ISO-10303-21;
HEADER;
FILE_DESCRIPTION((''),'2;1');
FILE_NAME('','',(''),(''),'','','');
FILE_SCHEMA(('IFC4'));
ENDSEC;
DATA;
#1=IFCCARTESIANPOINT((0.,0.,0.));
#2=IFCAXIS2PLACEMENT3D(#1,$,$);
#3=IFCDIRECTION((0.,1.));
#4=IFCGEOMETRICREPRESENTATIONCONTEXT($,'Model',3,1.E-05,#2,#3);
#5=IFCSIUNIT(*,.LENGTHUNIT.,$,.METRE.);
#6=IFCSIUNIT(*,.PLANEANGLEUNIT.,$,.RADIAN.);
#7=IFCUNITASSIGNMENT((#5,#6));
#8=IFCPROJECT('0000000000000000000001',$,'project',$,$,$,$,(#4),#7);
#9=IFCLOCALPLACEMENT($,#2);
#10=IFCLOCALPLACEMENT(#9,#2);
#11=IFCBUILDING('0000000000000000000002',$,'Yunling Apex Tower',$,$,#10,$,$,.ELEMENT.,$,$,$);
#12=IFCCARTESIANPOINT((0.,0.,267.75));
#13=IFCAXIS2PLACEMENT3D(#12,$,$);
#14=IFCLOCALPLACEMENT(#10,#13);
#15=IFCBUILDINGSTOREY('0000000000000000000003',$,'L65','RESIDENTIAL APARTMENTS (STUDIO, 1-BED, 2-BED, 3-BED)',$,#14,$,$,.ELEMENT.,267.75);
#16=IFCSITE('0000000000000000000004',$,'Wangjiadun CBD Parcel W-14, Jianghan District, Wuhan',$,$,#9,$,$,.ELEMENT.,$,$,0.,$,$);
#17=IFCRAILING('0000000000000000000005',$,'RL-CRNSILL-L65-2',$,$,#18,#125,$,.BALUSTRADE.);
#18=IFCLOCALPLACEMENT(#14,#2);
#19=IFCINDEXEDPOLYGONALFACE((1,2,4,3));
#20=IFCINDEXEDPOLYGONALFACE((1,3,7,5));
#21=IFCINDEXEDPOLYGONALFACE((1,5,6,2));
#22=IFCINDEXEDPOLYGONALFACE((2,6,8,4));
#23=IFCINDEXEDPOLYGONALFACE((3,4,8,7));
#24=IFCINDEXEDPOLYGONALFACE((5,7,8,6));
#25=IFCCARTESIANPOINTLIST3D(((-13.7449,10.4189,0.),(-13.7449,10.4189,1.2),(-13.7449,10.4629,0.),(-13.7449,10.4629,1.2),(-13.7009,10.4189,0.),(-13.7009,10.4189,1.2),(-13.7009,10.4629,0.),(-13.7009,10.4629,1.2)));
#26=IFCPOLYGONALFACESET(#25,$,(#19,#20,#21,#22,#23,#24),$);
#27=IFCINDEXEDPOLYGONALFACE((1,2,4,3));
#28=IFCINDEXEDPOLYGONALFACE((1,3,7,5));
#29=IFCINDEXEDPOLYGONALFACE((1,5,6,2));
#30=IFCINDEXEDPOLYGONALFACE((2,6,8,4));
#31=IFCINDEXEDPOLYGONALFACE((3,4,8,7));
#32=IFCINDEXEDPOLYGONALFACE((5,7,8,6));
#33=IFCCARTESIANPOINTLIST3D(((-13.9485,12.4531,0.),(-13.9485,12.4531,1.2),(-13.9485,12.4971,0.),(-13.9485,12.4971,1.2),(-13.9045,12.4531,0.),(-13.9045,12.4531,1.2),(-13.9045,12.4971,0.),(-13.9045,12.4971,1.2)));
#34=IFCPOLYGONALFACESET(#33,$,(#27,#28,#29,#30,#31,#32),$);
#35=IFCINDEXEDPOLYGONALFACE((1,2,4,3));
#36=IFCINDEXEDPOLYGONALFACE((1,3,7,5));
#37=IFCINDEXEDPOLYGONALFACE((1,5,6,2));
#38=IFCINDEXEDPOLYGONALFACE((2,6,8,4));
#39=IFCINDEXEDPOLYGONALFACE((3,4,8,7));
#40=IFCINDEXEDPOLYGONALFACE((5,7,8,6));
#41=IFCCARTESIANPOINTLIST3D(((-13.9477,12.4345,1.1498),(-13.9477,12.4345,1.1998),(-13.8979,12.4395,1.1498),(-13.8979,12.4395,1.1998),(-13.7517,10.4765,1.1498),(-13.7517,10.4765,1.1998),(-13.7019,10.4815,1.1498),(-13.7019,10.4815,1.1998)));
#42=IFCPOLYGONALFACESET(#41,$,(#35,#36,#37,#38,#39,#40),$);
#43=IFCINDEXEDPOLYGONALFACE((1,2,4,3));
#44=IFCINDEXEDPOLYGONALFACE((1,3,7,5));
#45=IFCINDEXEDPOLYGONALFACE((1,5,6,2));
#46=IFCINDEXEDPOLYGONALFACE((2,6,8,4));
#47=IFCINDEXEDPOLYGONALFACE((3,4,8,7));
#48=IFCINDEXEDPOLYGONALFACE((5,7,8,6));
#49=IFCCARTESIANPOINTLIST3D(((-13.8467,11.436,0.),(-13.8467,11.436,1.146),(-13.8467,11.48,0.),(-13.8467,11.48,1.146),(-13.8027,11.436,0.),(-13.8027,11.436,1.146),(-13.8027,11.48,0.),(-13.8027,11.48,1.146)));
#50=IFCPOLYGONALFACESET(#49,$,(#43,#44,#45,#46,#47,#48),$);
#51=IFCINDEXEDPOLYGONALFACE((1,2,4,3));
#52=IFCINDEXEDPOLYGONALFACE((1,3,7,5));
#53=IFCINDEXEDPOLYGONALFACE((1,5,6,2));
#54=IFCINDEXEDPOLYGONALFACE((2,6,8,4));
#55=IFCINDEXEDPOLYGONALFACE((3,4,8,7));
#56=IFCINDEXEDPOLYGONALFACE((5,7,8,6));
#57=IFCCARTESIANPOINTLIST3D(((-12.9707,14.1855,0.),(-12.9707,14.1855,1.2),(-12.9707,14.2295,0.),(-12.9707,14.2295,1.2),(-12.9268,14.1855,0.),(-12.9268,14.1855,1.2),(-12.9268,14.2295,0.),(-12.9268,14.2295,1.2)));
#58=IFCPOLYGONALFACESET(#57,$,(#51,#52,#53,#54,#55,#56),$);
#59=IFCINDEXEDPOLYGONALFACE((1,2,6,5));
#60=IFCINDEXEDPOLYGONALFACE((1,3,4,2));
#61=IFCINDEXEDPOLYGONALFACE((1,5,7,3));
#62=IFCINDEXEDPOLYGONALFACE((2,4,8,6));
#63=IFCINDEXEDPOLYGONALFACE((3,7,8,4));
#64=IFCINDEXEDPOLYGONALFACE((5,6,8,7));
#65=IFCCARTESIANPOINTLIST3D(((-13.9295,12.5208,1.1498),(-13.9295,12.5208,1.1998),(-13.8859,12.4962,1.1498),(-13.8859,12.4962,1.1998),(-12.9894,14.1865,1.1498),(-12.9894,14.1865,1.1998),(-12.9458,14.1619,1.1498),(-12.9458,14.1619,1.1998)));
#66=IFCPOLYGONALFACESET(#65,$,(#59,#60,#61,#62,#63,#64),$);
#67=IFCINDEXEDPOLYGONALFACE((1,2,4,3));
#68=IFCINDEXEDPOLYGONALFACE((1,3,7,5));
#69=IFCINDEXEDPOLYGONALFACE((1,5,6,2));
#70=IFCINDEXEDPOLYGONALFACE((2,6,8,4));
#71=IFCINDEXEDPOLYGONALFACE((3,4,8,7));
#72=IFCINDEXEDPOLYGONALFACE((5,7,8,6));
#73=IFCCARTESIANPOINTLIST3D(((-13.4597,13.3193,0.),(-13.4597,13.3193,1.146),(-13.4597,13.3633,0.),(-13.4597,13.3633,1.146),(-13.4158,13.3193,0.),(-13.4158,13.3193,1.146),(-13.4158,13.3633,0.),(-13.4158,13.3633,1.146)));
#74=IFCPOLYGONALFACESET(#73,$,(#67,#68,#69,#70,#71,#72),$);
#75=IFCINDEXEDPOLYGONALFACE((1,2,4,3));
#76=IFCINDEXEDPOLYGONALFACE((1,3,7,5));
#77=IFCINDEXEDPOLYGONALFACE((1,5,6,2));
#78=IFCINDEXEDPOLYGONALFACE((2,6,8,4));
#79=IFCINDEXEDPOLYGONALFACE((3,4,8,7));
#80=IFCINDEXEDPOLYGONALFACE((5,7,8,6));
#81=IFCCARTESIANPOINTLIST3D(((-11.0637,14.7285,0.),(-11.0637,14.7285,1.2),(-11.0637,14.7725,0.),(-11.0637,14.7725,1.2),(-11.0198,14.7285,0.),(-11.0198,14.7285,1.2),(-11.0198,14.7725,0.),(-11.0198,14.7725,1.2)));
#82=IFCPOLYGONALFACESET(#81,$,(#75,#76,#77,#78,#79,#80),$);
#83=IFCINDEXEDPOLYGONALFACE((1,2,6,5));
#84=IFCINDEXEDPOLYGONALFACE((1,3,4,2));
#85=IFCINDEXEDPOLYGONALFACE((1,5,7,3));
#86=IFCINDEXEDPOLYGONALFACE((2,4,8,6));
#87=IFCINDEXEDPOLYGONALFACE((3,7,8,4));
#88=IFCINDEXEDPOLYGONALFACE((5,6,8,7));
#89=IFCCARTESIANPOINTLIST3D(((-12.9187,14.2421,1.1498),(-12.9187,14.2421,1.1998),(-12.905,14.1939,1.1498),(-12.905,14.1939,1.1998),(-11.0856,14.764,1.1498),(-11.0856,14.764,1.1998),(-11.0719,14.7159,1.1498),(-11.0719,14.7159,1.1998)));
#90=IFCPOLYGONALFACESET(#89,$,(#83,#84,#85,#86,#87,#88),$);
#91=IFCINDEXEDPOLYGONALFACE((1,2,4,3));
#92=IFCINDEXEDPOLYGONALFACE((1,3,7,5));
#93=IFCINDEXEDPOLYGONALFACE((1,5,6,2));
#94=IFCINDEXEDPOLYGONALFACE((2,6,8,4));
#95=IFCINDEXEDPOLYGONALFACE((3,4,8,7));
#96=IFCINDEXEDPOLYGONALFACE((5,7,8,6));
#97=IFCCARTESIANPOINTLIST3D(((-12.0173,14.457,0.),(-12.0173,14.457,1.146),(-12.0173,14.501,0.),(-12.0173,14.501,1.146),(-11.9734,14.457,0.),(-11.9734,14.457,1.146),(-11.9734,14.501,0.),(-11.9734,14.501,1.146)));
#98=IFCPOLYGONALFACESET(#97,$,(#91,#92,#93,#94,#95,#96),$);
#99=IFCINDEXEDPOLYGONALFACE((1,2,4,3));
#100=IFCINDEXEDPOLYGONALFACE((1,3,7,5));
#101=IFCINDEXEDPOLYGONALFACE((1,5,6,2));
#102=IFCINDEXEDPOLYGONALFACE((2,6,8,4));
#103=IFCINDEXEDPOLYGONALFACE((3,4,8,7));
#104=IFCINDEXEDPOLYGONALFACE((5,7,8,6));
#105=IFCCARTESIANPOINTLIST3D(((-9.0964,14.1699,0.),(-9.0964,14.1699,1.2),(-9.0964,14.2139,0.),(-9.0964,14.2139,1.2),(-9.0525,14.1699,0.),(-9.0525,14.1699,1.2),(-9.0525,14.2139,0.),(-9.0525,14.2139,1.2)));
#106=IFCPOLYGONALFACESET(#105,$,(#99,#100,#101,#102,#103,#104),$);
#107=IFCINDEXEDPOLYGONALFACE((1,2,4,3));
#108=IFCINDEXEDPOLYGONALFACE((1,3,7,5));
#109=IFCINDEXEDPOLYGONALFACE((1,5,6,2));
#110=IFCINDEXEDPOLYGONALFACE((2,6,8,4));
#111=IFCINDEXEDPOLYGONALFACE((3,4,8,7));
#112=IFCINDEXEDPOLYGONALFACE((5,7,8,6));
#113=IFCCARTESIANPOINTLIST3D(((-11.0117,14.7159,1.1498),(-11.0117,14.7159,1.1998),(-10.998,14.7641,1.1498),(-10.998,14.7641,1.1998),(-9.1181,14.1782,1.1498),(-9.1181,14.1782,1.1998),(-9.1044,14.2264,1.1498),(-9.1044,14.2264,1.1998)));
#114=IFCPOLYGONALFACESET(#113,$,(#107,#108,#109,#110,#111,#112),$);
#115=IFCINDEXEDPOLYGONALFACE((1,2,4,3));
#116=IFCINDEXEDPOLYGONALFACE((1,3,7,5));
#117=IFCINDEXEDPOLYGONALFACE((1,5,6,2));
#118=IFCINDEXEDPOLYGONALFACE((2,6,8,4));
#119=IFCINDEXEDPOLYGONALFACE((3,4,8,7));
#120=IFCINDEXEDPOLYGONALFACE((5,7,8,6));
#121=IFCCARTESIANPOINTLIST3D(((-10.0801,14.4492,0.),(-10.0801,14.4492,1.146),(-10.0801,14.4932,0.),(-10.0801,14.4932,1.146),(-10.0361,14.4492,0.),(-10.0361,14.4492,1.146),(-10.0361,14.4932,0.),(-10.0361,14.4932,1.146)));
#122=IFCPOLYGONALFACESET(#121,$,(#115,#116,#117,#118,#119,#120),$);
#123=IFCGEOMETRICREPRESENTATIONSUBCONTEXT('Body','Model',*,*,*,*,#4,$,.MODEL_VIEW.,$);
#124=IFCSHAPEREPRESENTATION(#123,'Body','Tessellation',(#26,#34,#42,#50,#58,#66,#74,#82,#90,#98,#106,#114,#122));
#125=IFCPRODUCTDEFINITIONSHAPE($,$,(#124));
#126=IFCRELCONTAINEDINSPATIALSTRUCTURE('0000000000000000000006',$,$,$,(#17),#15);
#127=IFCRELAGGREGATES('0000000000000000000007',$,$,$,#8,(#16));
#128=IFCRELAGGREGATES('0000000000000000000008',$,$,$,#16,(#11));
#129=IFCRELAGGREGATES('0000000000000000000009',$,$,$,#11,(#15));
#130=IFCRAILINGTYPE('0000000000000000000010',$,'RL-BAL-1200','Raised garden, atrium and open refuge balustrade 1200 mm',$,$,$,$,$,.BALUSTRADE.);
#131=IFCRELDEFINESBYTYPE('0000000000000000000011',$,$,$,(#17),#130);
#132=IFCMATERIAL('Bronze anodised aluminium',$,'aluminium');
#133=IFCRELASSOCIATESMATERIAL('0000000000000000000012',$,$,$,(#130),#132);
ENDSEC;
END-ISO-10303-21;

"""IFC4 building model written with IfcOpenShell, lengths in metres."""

from ifc_helpers import new_model, si_unit, direction, frame, origin, origin_2d, place, context, subcontext, project, spatial, rectangle, extrude, material, type_object, element, save


model = new_model("IFC4")

# Units and contexts
model_context = context("Model", 3, precision=1e-05, world=origin(), true_north=direction((0.0, 1.0)))
body_context = subcontext(model_context, "Body", "Model", "MODEL_VIEW")
ifc_project = project(units=[si_unit("LENGTHUNIT", "METRE"), si_unit("PLANEANGLEUNIT", "RADIAN")], contexts=[model_context])

# Site, building, storey
site_placement = place(None, origin())
site = spatial("IfcSite", under=ifc_project, at=site_placement, Name="Wangjiadun CBD Parcel W-14, Jianghan District, Wuhan", CompositionType="ELEMENT", RefElevation=0.0)
building_placement = place(site_placement, origin())
building = spatial("IfcBuilding", under=site, at=building_placement, Name="Yunling Apex Tower", CompositionType="ELEMENT")
storey_placement = place(building_placement, frame((0.0, 0.0, 267.75)))
storey = spatial("IfcBuildingStorey", under=building, at=storey_placement, Name="L65", Description="RESIDENTIAL APARTMENTS (STUDIO, 1-BED, 2-BED, 3-BED)", CompositionType="ELEMENT", Elevation=267.75)

# Shared definitions
ifc_material_1 = material(Name="Bronze anodised aluminium", Category="aluminium")

# Railing
railing_type = type_object("IfcRailingType", Name="RL-BAL-1200", Description="Raised garden, atrium and open refuge balustrade 1200 mm", PredefinedType="BALUSTRADE", material=ifc_material_1)
railing_placement = place(storey_placement, frame((-13.7229, 10.4409, 0.0)))
element("IfcRailing", 1, at=railing_placement, inside=storey, type_object=railing_type, Name="RL-CRNSILL-L65-2", PredefinedType="BALUSTRADE", context=body_context, shape_type="SweptSolid", body=[
    extrude(rectangle(XDim=0.0439, YDim=0.0439, at=origin_2d()), origin(), (0.0, 0.0, 1.0), 1.2),
    extrude(rectangle(XDim=0.0439, YDim=0.0439, at=origin_2d()), frame((-0.2036, 2.0342, 0.0)), (0.0, 0.0, 1.0), 1.2),
    extrude(rectangle(XDim=0.05, YDim=0.05, at=origin_2d()), frame((-0.0039, 0.0381, 1.1748), z_axis=(-0.099598, 0.995028, 0.0), x_axis=(-0.995028, -0.099598, 0.0)), (0.0, 0.0, 1.0), 1.9678),
    extrude(rectangle(XDim=0.0439, YDim=0.0439, at=origin_2d()), frame((-0.1018, 1.0171, 0.0)), (0.0, 0.0, 1.0), 1.146),
    extrude(rectangle(XDim=0.0439, YDim=0.0439, at=origin_2d()), frame((0.7742, 3.7666, 0.0)), (0.0, 0.0, 1.0), 1.2),
    extrude(rectangle(XDim=0.05, YDim=0.05, at=origin_2d()), frame((-0.1848, 2.0676, 1.1748), z_axis=(0.491519, 0.870867, 0.0), x_axis=(-0.870867, 0.491519, 0.0)), (0.0, 0.0, 1.0), 1.9126),
    extrude(rectangle(XDim=0.0439, YDim=0.0439, at=origin_2d()), frame((0.2852, 2.9004, 0.0)), (0.0, 0.0, 1.0), 1.146),
    extrude(rectangle(XDim=0.0439, YDim=0.0439, at=origin_2d()), frame((2.6812, 4.3096, 0.0)), (0.0, 0.0, 1.0), 1.2),
    extrude(rectangle(XDim=0.05, YDim=0.05, at=origin_2d()), frame((0.811, 3.7771, 1.1748), z_axis=(0.961774, 0.273843, 0.0), x_axis=(-0.273843, 0.961774, 0.0)), (0.0, 0.0, 1.0), 1.906),
    extrude(rectangle(XDim=0.0439, YDim=0.0439, at=origin_2d()), frame((1.7275, 4.0381, 0.0)), (0.0, 0.0, 1.0), 1.146),
    extrude(rectangle(XDim=0.0439, YDim=0.0439, at=origin_2d()), frame((4.6484, 3.751, 0.0)), (0.0, 0.0, 1.0), 1.2),
    extrude(rectangle(XDim=0.05, YDim=0.05, at=origin_2d()), frame((2.718, 4.2991, 1.1748), z_axis=(0.961973, -0.273144, 0.0), x_axis=(0.273144, 0.961973, 0.0)), (0.0, 0.0, 1.0), 1.9685),
    extrude(rectangle(XDim=0.0439, YDim=0.0439, at=origin_2d()), frame((3.6648, 4.0303, 0.0)), (0.0, 0.0, 1.0), 1.146),
])

save(model, "model.ifc")
